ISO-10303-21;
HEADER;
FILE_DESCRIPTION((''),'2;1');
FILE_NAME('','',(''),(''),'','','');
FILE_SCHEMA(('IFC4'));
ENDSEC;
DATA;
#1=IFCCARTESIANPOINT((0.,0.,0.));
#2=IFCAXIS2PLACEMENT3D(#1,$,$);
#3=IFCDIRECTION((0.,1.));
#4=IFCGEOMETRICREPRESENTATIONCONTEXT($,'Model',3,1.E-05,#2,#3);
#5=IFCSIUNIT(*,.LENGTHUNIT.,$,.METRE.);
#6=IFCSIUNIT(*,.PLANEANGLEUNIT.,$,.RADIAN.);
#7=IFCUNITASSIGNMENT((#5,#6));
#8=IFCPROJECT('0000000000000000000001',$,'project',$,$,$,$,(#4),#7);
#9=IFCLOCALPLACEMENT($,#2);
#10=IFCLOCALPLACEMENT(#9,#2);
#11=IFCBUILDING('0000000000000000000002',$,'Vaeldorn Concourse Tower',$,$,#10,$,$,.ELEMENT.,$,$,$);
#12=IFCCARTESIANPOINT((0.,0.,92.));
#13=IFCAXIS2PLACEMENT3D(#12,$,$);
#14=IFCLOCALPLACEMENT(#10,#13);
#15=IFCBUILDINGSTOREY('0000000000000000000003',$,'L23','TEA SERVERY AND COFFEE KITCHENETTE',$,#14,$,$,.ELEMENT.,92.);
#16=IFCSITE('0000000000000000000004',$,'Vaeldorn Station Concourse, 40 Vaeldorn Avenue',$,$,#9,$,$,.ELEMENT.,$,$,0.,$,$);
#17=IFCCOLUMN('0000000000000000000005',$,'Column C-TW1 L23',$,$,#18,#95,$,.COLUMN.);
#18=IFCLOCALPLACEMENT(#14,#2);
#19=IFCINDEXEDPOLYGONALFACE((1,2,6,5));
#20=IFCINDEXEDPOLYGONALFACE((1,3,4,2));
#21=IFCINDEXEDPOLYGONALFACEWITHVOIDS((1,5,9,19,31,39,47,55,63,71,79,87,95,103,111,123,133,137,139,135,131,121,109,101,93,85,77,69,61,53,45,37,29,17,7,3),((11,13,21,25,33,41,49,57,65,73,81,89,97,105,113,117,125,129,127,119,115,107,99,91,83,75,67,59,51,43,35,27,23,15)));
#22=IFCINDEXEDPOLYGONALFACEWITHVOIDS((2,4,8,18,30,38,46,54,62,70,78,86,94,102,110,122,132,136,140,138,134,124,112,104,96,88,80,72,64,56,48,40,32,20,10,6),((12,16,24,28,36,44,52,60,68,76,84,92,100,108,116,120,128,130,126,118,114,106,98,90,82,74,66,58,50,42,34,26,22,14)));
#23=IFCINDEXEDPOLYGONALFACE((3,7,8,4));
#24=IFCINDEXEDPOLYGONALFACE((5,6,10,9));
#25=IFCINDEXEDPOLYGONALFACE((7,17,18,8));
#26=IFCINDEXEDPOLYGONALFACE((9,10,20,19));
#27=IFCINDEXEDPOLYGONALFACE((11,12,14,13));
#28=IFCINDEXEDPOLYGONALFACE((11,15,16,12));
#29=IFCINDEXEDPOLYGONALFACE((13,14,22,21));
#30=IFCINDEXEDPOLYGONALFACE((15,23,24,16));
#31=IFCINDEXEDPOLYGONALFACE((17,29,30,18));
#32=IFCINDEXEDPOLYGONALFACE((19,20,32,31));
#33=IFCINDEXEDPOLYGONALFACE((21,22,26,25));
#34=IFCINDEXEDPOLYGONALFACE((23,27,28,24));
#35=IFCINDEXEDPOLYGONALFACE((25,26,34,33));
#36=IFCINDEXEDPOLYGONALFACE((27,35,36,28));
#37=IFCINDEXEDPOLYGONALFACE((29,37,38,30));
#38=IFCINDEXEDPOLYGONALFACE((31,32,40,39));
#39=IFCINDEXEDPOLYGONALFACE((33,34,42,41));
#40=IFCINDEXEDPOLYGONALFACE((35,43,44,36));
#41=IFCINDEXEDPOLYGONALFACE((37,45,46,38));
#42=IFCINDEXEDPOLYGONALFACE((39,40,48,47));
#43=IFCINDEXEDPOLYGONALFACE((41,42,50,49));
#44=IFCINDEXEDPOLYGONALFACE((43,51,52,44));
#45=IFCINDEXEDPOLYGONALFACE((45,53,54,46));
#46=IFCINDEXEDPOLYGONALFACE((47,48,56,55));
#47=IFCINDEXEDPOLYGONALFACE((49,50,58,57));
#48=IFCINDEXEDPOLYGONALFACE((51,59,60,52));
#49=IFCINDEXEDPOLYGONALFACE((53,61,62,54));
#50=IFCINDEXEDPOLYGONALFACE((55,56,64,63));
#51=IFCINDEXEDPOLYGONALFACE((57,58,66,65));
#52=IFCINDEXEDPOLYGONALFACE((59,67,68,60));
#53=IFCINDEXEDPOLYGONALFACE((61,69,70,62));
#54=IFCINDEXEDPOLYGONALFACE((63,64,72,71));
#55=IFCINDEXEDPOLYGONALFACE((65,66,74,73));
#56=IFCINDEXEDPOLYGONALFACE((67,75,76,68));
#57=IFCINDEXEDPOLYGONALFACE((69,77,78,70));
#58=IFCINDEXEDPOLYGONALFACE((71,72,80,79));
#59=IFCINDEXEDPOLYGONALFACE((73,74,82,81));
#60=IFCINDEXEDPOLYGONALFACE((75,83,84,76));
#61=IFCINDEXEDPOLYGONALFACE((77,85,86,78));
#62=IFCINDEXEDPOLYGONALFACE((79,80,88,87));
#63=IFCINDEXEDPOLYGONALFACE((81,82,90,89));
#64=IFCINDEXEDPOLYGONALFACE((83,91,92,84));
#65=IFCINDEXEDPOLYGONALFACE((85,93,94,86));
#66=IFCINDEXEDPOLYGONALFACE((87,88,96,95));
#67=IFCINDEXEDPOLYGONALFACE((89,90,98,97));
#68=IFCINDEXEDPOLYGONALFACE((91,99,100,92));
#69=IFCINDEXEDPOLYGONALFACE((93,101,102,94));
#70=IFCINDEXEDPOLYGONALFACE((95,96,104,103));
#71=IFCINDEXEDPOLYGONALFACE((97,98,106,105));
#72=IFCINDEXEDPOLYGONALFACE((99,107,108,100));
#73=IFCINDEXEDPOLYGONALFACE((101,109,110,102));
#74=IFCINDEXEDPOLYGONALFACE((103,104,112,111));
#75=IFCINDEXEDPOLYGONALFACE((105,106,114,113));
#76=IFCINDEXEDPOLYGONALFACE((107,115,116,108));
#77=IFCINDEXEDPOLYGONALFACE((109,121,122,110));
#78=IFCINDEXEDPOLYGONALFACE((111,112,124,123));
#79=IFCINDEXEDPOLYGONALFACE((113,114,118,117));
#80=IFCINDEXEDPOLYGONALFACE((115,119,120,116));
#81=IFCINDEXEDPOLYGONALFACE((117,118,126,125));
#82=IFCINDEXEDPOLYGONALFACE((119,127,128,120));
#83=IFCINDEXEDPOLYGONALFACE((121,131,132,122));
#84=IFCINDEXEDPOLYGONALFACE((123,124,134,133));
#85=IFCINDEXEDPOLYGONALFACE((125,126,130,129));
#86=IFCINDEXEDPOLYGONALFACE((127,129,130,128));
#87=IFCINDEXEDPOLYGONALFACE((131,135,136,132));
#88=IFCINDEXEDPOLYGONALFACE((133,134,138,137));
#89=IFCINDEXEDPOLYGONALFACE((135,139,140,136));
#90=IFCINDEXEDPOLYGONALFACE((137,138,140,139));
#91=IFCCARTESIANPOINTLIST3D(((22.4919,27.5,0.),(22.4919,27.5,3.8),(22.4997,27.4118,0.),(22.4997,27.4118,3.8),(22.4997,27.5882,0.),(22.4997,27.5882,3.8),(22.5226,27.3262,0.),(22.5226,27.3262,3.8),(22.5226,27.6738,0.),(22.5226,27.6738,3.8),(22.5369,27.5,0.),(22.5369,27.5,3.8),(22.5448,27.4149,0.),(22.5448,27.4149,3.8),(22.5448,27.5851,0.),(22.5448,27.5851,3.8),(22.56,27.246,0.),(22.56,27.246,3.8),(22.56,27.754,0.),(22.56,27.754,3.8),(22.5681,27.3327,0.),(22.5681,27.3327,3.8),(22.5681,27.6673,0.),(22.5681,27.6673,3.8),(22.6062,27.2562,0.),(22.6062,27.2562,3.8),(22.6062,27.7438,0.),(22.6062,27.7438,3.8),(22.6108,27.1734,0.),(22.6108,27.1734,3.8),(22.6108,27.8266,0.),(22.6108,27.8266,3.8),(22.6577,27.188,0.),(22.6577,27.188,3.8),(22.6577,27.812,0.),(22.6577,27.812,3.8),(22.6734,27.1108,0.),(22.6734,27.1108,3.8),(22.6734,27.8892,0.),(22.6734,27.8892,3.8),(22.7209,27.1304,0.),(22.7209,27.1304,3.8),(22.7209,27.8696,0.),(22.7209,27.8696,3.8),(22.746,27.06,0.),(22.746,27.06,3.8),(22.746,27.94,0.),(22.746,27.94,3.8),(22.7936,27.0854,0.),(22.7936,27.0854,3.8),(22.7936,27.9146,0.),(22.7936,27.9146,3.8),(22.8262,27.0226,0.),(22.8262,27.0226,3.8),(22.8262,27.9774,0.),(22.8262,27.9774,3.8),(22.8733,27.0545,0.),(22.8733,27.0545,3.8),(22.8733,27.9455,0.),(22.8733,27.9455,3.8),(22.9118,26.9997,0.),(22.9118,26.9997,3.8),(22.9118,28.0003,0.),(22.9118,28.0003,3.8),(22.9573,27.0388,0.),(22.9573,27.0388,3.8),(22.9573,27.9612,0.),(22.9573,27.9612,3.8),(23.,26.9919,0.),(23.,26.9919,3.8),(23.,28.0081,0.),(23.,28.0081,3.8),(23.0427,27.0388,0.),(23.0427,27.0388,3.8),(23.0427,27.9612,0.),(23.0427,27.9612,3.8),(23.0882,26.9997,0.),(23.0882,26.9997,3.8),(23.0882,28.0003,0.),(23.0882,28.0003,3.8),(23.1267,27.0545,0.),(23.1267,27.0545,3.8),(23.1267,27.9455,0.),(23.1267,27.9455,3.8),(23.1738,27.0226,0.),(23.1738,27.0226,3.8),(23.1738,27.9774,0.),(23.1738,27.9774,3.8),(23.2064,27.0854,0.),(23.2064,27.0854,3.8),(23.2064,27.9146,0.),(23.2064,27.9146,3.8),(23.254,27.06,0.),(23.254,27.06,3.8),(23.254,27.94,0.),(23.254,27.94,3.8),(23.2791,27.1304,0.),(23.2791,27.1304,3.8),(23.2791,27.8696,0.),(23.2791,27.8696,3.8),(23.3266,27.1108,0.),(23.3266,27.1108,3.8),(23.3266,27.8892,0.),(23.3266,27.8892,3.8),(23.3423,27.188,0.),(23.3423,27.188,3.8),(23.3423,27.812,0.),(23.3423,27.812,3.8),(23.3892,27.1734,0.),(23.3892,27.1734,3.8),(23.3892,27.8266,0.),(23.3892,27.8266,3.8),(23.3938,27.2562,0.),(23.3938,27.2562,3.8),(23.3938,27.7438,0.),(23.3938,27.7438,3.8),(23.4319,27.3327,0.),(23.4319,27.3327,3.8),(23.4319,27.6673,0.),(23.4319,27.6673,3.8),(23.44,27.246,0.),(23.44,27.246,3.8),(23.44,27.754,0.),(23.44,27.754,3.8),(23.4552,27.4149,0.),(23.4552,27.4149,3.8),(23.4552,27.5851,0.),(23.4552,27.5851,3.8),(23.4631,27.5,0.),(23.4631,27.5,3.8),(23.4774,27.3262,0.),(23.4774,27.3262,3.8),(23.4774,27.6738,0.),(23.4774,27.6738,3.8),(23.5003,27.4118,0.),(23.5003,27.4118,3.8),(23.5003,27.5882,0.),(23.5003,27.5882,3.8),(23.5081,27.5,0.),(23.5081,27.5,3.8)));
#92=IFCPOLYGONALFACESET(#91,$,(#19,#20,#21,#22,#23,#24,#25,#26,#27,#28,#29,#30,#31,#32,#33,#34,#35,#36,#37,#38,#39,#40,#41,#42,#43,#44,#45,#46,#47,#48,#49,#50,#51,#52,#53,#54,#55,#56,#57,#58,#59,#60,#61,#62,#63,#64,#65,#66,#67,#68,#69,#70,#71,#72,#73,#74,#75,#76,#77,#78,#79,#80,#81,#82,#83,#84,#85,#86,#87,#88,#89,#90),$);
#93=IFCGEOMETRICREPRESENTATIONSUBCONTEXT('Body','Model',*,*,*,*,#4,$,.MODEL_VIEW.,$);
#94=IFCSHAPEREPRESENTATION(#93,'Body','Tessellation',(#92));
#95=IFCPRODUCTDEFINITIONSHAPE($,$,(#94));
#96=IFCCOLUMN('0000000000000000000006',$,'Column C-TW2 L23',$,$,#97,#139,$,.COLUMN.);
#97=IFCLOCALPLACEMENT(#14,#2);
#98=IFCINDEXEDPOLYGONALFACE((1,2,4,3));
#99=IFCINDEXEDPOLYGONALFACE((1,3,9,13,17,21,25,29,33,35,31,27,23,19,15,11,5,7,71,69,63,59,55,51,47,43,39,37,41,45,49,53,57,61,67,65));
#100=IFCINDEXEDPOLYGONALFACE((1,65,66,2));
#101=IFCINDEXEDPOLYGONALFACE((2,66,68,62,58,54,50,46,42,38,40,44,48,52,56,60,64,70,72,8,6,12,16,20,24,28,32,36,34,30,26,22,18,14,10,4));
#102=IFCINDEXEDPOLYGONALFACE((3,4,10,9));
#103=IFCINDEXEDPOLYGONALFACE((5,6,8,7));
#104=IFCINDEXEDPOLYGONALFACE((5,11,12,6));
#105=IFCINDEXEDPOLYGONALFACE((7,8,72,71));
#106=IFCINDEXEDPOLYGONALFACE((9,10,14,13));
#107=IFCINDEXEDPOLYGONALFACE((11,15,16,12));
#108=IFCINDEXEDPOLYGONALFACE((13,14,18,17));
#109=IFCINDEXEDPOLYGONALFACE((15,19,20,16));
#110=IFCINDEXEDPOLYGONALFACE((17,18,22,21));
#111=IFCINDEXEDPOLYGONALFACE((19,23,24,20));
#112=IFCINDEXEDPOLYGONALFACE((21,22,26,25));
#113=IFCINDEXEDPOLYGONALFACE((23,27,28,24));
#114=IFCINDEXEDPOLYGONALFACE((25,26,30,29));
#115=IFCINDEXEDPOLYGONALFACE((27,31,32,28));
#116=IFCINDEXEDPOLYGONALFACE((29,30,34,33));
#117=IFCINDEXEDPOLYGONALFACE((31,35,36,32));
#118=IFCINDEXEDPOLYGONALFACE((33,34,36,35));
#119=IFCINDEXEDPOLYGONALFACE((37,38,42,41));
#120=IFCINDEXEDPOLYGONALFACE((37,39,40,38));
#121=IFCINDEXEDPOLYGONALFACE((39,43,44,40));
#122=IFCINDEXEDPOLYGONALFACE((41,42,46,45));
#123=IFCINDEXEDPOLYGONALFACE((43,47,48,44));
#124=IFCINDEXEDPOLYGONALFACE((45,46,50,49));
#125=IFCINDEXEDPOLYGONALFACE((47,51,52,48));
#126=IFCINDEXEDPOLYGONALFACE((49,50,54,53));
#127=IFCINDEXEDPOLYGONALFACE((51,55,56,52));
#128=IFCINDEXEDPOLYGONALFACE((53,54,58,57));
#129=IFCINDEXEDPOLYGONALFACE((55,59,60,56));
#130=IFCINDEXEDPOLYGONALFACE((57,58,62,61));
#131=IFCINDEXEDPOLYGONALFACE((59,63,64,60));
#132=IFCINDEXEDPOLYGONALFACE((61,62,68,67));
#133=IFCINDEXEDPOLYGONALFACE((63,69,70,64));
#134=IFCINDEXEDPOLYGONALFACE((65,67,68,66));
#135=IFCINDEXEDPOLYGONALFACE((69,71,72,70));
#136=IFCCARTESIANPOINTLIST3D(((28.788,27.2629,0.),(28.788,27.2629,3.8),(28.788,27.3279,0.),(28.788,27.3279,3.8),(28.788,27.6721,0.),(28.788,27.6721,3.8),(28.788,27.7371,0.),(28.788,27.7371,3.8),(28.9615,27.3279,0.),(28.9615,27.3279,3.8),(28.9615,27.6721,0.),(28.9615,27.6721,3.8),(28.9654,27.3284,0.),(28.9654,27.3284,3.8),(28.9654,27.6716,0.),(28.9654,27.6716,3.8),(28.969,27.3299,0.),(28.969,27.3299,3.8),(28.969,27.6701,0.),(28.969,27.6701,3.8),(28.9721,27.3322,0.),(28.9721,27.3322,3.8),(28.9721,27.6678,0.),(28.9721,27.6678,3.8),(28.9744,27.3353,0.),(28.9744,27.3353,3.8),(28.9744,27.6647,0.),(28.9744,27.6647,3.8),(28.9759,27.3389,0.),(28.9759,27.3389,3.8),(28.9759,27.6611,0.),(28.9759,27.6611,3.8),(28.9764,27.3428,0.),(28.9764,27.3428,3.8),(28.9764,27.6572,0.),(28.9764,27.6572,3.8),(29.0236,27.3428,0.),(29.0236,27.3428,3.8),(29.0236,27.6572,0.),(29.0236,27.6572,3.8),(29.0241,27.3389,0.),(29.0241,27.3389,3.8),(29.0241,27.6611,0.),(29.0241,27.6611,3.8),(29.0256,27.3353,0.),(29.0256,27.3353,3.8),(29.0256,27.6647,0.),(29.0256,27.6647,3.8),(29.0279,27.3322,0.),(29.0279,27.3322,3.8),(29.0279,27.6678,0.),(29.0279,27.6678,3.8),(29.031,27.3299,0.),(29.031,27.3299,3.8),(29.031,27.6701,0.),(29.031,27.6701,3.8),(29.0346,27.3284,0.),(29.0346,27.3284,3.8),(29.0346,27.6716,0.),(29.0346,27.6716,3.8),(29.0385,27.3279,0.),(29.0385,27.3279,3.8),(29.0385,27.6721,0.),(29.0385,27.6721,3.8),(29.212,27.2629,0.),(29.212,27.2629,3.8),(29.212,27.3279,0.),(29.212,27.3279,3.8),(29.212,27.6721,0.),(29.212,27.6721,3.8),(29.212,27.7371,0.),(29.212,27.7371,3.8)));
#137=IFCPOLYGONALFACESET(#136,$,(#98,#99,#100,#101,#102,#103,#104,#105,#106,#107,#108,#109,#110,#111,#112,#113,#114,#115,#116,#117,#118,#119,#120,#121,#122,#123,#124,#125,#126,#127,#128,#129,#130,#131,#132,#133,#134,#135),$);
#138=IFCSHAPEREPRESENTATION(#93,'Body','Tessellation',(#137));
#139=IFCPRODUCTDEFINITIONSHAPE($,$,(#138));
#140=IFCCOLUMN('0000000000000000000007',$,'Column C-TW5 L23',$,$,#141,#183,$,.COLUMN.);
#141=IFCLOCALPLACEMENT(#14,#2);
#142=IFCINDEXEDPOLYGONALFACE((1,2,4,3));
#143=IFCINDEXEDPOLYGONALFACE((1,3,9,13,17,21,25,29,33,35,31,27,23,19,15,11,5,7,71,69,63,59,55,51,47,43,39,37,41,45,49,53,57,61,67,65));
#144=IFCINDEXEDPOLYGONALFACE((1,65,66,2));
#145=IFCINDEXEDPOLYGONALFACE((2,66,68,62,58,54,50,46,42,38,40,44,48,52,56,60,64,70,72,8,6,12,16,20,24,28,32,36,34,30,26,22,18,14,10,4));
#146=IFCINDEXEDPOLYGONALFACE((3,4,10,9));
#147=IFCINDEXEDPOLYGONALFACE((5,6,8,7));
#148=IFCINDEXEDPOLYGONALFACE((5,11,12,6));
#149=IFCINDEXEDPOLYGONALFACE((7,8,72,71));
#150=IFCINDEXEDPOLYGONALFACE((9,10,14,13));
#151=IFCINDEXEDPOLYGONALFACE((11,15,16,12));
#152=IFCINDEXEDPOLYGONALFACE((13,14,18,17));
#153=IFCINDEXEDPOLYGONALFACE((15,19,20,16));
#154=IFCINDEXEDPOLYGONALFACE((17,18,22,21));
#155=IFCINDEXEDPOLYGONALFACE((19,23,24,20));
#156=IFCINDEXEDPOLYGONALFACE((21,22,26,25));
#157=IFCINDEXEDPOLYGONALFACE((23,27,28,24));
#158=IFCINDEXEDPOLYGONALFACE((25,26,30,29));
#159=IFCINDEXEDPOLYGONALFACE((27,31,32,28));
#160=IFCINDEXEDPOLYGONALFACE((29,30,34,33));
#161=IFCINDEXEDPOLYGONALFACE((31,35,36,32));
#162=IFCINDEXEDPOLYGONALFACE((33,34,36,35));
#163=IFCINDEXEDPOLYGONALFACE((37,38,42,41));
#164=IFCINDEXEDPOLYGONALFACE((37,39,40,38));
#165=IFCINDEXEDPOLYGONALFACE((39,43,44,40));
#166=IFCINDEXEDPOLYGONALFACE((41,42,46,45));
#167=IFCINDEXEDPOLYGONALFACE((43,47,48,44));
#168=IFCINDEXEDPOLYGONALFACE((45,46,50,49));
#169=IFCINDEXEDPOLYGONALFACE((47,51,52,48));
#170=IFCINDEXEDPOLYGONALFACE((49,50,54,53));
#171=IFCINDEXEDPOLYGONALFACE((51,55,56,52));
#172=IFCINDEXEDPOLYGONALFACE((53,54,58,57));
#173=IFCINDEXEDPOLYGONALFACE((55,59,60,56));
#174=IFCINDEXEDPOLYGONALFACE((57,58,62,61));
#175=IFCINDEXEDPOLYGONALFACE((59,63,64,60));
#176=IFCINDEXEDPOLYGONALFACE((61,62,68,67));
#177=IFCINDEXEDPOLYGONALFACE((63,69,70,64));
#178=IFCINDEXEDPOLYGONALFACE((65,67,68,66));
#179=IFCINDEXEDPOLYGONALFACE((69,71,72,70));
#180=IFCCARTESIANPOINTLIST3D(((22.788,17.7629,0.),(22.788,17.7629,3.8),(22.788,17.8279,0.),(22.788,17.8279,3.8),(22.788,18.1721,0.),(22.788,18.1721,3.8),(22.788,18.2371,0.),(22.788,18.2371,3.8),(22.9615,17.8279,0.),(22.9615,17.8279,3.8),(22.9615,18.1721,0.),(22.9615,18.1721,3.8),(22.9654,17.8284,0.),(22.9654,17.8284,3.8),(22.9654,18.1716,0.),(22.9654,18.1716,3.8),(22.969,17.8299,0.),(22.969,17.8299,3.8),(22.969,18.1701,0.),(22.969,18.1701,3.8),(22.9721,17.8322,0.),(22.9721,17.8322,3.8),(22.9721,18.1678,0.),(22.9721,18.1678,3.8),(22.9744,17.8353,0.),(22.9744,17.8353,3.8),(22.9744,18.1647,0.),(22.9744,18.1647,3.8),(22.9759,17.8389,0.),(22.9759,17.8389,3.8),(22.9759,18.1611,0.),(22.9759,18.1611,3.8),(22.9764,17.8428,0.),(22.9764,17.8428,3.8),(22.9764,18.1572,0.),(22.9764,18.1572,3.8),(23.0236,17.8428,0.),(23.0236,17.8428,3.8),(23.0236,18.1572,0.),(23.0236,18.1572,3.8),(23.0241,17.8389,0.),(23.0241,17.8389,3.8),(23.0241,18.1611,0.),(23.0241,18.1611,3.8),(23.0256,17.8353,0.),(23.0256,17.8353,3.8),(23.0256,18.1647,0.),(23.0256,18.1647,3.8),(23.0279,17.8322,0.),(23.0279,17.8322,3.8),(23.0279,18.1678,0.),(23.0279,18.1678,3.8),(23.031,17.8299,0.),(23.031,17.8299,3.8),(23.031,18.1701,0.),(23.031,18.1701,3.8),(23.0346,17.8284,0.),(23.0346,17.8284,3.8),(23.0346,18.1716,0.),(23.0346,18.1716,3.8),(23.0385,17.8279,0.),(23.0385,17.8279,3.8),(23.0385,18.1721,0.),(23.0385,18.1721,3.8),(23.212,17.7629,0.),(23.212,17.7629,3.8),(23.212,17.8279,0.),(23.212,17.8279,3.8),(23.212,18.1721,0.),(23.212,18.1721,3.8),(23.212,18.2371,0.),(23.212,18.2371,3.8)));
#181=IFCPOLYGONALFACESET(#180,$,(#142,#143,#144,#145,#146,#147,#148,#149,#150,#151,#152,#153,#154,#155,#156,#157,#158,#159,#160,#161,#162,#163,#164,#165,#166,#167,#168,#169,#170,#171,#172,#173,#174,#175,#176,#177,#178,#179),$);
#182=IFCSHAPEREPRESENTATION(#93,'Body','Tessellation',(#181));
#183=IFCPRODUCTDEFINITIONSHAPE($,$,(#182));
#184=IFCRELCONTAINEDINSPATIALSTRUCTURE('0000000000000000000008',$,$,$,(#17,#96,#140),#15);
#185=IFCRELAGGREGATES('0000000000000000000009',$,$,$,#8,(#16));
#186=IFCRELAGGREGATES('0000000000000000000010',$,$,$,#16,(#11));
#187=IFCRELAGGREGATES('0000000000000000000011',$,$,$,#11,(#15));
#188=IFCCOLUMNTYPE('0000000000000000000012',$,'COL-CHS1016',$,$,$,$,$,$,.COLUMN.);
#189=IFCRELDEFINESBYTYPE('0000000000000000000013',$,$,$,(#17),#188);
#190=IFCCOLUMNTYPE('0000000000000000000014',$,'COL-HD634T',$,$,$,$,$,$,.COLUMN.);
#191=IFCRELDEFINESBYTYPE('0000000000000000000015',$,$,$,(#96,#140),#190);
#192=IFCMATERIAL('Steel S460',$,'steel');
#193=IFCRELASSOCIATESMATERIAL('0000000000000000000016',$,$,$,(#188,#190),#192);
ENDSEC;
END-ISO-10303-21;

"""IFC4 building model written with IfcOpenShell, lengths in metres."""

from ifc_helpers import new_model, si_unit, direction, frame, origin, origin_2d, place, context, subcontext, project, spatial, hollow_circle, i_section, extrude, source, transform, mapped, material, material_profile, profile_set, type_object, element, save


model = new_model("IFC4")

# Units and contexts
model_context = context("Model", 3, precision=1e-05, world=origin(), true_north=direction((0.0, 1.0)))
body_context = subcontext(model_context, "Body", "Model", "MODEL_VIEW")
ifc_project = project(units=[si_unit("LENGTHUNIT", "METRE"), si_unit("PLANEANGLEUNIT", "RADIAN")], contexts=[model_context])

# Site, building, storey
site_placement = place(None, origin())
site = spatial("IfcSite", under=ifc_project, at=site_placement, Name="Vaeldorn Station Concourse, 40 Vaeldorn Avenue", CompositionType="ELEMENT", RefElevation=0.0)
building_placement = place(site_placement, origin())
building = spatial("IfcBuilding", under=site, at=building_placement, Name="Vaeldorn Concourse Tower", CompositionType="ELEMENT")
storey_placement = place(building_placement, frame((0.0, 0.0, 92.0)))
storey = spatial("IfcBuildingStorey", under=building, at=storey_placement, Name="L23", Description="TEA SERVERY AND COFFEE KITCHENETTE", CompositionType="ELEMENT", Elevation=92.0)

# Columns
ifc_material_1 = material(Name="Steel S460", Category="steel")
ifc_material_profile_1 = material_profile(ifc_material_1, hollow_circle(Radius=0.5081, WallThickness=0.0449, at=origin_2d()), Name="CHS 1016x45")
ifc_profile_set_1 = profile_set([ifc_material_profile_1], Name="Steel S460")
column_type_1 = type_object("IfcColumnType", Name="COL-CHS1016", PredefinedType="COLUMN", material=ifc_profile_set_1)
shared_shape_1 = source(origin(), body_context, "Body", "SweptSolid", [
    extrude(hollow_circle(Radius=0.5081, WallThickness=0.0449, at=origin_2d()), origin(), (0.0, 0.0, 1.0), 3.8),
])
column_1_placement = place(storey_placement, frame((23.0, 27.5, 0.0), z_axis=(0.0, 0.0, 1.0), x_axis=(1.0, 0.0, 0.0)))
element("IfcColumn", 1, at=column_1_placement, inside=storey, type_object=column_type_1, Name="Column C-TW1 L23", PredefinedType="COLUMN", context=body_context, shape_type="MappedRepresentation", body=[
    mapped(shared_shape_1, transform((0.0, 0.0, 0.0), scale=1.0)),
])
ifc_material_profile_2 = material_profile(ifc_material_1, i_section(OverallWidth=0.4241, OverallDepth=0.4741, WebThickness=0.0471, FlangeThickness=0.0649, FilletRadius=0.0149, at=origin_2d()), Name="HD 400x634")
ifc_profile_set_2 = profile_set([ifc_material_profile_2], Name="Steel S460")
column_type_2 = type_object("IfcColumnType", Name="COL-HD634T", PredefinedType="COLUMN", material=ifc_profile_set_2)
shared_shape_2 = source(origin(), body_context, "Body", "SweptSolid", [
    extrude(i_section(OverallWidth=0.4241, OverallDepth=0.4741, WebThickness=0.0471, FlangeThickness=0.0649, FilletRadius=0.0149, at=origin_2d()), origin(), (0.0, 0.0, 1.0), 3.8),
])
for number, where, z_axis, x_axis, name in (
    (2, (29.0, 27.5, 0.0), (0.0, 0.0, 1.0), (1.0, 0.0, 0.0), "Column C-TW2 L23"),
    (3, (23.0, 18.0, 0.0), (0.0, 0.0, 1.0), (1.0, 0.0, 0.0), "Column C-TW5 L23"),
):
    element("IfcColumn", number, at=place(storey_placement, frame(where, z_axis=z_axis, x_axis=x_axis)), inside=storey, type_object=column_type_2, Name=name, PredefinedType="COLUMN", context=body_context, shape_type="MappedRepresentation", body=[
        mapped(shared_shape_2, transform((0.0, 0.0, 0.0), scale=1.0)),
    ])

save(model, "model.ifc")
